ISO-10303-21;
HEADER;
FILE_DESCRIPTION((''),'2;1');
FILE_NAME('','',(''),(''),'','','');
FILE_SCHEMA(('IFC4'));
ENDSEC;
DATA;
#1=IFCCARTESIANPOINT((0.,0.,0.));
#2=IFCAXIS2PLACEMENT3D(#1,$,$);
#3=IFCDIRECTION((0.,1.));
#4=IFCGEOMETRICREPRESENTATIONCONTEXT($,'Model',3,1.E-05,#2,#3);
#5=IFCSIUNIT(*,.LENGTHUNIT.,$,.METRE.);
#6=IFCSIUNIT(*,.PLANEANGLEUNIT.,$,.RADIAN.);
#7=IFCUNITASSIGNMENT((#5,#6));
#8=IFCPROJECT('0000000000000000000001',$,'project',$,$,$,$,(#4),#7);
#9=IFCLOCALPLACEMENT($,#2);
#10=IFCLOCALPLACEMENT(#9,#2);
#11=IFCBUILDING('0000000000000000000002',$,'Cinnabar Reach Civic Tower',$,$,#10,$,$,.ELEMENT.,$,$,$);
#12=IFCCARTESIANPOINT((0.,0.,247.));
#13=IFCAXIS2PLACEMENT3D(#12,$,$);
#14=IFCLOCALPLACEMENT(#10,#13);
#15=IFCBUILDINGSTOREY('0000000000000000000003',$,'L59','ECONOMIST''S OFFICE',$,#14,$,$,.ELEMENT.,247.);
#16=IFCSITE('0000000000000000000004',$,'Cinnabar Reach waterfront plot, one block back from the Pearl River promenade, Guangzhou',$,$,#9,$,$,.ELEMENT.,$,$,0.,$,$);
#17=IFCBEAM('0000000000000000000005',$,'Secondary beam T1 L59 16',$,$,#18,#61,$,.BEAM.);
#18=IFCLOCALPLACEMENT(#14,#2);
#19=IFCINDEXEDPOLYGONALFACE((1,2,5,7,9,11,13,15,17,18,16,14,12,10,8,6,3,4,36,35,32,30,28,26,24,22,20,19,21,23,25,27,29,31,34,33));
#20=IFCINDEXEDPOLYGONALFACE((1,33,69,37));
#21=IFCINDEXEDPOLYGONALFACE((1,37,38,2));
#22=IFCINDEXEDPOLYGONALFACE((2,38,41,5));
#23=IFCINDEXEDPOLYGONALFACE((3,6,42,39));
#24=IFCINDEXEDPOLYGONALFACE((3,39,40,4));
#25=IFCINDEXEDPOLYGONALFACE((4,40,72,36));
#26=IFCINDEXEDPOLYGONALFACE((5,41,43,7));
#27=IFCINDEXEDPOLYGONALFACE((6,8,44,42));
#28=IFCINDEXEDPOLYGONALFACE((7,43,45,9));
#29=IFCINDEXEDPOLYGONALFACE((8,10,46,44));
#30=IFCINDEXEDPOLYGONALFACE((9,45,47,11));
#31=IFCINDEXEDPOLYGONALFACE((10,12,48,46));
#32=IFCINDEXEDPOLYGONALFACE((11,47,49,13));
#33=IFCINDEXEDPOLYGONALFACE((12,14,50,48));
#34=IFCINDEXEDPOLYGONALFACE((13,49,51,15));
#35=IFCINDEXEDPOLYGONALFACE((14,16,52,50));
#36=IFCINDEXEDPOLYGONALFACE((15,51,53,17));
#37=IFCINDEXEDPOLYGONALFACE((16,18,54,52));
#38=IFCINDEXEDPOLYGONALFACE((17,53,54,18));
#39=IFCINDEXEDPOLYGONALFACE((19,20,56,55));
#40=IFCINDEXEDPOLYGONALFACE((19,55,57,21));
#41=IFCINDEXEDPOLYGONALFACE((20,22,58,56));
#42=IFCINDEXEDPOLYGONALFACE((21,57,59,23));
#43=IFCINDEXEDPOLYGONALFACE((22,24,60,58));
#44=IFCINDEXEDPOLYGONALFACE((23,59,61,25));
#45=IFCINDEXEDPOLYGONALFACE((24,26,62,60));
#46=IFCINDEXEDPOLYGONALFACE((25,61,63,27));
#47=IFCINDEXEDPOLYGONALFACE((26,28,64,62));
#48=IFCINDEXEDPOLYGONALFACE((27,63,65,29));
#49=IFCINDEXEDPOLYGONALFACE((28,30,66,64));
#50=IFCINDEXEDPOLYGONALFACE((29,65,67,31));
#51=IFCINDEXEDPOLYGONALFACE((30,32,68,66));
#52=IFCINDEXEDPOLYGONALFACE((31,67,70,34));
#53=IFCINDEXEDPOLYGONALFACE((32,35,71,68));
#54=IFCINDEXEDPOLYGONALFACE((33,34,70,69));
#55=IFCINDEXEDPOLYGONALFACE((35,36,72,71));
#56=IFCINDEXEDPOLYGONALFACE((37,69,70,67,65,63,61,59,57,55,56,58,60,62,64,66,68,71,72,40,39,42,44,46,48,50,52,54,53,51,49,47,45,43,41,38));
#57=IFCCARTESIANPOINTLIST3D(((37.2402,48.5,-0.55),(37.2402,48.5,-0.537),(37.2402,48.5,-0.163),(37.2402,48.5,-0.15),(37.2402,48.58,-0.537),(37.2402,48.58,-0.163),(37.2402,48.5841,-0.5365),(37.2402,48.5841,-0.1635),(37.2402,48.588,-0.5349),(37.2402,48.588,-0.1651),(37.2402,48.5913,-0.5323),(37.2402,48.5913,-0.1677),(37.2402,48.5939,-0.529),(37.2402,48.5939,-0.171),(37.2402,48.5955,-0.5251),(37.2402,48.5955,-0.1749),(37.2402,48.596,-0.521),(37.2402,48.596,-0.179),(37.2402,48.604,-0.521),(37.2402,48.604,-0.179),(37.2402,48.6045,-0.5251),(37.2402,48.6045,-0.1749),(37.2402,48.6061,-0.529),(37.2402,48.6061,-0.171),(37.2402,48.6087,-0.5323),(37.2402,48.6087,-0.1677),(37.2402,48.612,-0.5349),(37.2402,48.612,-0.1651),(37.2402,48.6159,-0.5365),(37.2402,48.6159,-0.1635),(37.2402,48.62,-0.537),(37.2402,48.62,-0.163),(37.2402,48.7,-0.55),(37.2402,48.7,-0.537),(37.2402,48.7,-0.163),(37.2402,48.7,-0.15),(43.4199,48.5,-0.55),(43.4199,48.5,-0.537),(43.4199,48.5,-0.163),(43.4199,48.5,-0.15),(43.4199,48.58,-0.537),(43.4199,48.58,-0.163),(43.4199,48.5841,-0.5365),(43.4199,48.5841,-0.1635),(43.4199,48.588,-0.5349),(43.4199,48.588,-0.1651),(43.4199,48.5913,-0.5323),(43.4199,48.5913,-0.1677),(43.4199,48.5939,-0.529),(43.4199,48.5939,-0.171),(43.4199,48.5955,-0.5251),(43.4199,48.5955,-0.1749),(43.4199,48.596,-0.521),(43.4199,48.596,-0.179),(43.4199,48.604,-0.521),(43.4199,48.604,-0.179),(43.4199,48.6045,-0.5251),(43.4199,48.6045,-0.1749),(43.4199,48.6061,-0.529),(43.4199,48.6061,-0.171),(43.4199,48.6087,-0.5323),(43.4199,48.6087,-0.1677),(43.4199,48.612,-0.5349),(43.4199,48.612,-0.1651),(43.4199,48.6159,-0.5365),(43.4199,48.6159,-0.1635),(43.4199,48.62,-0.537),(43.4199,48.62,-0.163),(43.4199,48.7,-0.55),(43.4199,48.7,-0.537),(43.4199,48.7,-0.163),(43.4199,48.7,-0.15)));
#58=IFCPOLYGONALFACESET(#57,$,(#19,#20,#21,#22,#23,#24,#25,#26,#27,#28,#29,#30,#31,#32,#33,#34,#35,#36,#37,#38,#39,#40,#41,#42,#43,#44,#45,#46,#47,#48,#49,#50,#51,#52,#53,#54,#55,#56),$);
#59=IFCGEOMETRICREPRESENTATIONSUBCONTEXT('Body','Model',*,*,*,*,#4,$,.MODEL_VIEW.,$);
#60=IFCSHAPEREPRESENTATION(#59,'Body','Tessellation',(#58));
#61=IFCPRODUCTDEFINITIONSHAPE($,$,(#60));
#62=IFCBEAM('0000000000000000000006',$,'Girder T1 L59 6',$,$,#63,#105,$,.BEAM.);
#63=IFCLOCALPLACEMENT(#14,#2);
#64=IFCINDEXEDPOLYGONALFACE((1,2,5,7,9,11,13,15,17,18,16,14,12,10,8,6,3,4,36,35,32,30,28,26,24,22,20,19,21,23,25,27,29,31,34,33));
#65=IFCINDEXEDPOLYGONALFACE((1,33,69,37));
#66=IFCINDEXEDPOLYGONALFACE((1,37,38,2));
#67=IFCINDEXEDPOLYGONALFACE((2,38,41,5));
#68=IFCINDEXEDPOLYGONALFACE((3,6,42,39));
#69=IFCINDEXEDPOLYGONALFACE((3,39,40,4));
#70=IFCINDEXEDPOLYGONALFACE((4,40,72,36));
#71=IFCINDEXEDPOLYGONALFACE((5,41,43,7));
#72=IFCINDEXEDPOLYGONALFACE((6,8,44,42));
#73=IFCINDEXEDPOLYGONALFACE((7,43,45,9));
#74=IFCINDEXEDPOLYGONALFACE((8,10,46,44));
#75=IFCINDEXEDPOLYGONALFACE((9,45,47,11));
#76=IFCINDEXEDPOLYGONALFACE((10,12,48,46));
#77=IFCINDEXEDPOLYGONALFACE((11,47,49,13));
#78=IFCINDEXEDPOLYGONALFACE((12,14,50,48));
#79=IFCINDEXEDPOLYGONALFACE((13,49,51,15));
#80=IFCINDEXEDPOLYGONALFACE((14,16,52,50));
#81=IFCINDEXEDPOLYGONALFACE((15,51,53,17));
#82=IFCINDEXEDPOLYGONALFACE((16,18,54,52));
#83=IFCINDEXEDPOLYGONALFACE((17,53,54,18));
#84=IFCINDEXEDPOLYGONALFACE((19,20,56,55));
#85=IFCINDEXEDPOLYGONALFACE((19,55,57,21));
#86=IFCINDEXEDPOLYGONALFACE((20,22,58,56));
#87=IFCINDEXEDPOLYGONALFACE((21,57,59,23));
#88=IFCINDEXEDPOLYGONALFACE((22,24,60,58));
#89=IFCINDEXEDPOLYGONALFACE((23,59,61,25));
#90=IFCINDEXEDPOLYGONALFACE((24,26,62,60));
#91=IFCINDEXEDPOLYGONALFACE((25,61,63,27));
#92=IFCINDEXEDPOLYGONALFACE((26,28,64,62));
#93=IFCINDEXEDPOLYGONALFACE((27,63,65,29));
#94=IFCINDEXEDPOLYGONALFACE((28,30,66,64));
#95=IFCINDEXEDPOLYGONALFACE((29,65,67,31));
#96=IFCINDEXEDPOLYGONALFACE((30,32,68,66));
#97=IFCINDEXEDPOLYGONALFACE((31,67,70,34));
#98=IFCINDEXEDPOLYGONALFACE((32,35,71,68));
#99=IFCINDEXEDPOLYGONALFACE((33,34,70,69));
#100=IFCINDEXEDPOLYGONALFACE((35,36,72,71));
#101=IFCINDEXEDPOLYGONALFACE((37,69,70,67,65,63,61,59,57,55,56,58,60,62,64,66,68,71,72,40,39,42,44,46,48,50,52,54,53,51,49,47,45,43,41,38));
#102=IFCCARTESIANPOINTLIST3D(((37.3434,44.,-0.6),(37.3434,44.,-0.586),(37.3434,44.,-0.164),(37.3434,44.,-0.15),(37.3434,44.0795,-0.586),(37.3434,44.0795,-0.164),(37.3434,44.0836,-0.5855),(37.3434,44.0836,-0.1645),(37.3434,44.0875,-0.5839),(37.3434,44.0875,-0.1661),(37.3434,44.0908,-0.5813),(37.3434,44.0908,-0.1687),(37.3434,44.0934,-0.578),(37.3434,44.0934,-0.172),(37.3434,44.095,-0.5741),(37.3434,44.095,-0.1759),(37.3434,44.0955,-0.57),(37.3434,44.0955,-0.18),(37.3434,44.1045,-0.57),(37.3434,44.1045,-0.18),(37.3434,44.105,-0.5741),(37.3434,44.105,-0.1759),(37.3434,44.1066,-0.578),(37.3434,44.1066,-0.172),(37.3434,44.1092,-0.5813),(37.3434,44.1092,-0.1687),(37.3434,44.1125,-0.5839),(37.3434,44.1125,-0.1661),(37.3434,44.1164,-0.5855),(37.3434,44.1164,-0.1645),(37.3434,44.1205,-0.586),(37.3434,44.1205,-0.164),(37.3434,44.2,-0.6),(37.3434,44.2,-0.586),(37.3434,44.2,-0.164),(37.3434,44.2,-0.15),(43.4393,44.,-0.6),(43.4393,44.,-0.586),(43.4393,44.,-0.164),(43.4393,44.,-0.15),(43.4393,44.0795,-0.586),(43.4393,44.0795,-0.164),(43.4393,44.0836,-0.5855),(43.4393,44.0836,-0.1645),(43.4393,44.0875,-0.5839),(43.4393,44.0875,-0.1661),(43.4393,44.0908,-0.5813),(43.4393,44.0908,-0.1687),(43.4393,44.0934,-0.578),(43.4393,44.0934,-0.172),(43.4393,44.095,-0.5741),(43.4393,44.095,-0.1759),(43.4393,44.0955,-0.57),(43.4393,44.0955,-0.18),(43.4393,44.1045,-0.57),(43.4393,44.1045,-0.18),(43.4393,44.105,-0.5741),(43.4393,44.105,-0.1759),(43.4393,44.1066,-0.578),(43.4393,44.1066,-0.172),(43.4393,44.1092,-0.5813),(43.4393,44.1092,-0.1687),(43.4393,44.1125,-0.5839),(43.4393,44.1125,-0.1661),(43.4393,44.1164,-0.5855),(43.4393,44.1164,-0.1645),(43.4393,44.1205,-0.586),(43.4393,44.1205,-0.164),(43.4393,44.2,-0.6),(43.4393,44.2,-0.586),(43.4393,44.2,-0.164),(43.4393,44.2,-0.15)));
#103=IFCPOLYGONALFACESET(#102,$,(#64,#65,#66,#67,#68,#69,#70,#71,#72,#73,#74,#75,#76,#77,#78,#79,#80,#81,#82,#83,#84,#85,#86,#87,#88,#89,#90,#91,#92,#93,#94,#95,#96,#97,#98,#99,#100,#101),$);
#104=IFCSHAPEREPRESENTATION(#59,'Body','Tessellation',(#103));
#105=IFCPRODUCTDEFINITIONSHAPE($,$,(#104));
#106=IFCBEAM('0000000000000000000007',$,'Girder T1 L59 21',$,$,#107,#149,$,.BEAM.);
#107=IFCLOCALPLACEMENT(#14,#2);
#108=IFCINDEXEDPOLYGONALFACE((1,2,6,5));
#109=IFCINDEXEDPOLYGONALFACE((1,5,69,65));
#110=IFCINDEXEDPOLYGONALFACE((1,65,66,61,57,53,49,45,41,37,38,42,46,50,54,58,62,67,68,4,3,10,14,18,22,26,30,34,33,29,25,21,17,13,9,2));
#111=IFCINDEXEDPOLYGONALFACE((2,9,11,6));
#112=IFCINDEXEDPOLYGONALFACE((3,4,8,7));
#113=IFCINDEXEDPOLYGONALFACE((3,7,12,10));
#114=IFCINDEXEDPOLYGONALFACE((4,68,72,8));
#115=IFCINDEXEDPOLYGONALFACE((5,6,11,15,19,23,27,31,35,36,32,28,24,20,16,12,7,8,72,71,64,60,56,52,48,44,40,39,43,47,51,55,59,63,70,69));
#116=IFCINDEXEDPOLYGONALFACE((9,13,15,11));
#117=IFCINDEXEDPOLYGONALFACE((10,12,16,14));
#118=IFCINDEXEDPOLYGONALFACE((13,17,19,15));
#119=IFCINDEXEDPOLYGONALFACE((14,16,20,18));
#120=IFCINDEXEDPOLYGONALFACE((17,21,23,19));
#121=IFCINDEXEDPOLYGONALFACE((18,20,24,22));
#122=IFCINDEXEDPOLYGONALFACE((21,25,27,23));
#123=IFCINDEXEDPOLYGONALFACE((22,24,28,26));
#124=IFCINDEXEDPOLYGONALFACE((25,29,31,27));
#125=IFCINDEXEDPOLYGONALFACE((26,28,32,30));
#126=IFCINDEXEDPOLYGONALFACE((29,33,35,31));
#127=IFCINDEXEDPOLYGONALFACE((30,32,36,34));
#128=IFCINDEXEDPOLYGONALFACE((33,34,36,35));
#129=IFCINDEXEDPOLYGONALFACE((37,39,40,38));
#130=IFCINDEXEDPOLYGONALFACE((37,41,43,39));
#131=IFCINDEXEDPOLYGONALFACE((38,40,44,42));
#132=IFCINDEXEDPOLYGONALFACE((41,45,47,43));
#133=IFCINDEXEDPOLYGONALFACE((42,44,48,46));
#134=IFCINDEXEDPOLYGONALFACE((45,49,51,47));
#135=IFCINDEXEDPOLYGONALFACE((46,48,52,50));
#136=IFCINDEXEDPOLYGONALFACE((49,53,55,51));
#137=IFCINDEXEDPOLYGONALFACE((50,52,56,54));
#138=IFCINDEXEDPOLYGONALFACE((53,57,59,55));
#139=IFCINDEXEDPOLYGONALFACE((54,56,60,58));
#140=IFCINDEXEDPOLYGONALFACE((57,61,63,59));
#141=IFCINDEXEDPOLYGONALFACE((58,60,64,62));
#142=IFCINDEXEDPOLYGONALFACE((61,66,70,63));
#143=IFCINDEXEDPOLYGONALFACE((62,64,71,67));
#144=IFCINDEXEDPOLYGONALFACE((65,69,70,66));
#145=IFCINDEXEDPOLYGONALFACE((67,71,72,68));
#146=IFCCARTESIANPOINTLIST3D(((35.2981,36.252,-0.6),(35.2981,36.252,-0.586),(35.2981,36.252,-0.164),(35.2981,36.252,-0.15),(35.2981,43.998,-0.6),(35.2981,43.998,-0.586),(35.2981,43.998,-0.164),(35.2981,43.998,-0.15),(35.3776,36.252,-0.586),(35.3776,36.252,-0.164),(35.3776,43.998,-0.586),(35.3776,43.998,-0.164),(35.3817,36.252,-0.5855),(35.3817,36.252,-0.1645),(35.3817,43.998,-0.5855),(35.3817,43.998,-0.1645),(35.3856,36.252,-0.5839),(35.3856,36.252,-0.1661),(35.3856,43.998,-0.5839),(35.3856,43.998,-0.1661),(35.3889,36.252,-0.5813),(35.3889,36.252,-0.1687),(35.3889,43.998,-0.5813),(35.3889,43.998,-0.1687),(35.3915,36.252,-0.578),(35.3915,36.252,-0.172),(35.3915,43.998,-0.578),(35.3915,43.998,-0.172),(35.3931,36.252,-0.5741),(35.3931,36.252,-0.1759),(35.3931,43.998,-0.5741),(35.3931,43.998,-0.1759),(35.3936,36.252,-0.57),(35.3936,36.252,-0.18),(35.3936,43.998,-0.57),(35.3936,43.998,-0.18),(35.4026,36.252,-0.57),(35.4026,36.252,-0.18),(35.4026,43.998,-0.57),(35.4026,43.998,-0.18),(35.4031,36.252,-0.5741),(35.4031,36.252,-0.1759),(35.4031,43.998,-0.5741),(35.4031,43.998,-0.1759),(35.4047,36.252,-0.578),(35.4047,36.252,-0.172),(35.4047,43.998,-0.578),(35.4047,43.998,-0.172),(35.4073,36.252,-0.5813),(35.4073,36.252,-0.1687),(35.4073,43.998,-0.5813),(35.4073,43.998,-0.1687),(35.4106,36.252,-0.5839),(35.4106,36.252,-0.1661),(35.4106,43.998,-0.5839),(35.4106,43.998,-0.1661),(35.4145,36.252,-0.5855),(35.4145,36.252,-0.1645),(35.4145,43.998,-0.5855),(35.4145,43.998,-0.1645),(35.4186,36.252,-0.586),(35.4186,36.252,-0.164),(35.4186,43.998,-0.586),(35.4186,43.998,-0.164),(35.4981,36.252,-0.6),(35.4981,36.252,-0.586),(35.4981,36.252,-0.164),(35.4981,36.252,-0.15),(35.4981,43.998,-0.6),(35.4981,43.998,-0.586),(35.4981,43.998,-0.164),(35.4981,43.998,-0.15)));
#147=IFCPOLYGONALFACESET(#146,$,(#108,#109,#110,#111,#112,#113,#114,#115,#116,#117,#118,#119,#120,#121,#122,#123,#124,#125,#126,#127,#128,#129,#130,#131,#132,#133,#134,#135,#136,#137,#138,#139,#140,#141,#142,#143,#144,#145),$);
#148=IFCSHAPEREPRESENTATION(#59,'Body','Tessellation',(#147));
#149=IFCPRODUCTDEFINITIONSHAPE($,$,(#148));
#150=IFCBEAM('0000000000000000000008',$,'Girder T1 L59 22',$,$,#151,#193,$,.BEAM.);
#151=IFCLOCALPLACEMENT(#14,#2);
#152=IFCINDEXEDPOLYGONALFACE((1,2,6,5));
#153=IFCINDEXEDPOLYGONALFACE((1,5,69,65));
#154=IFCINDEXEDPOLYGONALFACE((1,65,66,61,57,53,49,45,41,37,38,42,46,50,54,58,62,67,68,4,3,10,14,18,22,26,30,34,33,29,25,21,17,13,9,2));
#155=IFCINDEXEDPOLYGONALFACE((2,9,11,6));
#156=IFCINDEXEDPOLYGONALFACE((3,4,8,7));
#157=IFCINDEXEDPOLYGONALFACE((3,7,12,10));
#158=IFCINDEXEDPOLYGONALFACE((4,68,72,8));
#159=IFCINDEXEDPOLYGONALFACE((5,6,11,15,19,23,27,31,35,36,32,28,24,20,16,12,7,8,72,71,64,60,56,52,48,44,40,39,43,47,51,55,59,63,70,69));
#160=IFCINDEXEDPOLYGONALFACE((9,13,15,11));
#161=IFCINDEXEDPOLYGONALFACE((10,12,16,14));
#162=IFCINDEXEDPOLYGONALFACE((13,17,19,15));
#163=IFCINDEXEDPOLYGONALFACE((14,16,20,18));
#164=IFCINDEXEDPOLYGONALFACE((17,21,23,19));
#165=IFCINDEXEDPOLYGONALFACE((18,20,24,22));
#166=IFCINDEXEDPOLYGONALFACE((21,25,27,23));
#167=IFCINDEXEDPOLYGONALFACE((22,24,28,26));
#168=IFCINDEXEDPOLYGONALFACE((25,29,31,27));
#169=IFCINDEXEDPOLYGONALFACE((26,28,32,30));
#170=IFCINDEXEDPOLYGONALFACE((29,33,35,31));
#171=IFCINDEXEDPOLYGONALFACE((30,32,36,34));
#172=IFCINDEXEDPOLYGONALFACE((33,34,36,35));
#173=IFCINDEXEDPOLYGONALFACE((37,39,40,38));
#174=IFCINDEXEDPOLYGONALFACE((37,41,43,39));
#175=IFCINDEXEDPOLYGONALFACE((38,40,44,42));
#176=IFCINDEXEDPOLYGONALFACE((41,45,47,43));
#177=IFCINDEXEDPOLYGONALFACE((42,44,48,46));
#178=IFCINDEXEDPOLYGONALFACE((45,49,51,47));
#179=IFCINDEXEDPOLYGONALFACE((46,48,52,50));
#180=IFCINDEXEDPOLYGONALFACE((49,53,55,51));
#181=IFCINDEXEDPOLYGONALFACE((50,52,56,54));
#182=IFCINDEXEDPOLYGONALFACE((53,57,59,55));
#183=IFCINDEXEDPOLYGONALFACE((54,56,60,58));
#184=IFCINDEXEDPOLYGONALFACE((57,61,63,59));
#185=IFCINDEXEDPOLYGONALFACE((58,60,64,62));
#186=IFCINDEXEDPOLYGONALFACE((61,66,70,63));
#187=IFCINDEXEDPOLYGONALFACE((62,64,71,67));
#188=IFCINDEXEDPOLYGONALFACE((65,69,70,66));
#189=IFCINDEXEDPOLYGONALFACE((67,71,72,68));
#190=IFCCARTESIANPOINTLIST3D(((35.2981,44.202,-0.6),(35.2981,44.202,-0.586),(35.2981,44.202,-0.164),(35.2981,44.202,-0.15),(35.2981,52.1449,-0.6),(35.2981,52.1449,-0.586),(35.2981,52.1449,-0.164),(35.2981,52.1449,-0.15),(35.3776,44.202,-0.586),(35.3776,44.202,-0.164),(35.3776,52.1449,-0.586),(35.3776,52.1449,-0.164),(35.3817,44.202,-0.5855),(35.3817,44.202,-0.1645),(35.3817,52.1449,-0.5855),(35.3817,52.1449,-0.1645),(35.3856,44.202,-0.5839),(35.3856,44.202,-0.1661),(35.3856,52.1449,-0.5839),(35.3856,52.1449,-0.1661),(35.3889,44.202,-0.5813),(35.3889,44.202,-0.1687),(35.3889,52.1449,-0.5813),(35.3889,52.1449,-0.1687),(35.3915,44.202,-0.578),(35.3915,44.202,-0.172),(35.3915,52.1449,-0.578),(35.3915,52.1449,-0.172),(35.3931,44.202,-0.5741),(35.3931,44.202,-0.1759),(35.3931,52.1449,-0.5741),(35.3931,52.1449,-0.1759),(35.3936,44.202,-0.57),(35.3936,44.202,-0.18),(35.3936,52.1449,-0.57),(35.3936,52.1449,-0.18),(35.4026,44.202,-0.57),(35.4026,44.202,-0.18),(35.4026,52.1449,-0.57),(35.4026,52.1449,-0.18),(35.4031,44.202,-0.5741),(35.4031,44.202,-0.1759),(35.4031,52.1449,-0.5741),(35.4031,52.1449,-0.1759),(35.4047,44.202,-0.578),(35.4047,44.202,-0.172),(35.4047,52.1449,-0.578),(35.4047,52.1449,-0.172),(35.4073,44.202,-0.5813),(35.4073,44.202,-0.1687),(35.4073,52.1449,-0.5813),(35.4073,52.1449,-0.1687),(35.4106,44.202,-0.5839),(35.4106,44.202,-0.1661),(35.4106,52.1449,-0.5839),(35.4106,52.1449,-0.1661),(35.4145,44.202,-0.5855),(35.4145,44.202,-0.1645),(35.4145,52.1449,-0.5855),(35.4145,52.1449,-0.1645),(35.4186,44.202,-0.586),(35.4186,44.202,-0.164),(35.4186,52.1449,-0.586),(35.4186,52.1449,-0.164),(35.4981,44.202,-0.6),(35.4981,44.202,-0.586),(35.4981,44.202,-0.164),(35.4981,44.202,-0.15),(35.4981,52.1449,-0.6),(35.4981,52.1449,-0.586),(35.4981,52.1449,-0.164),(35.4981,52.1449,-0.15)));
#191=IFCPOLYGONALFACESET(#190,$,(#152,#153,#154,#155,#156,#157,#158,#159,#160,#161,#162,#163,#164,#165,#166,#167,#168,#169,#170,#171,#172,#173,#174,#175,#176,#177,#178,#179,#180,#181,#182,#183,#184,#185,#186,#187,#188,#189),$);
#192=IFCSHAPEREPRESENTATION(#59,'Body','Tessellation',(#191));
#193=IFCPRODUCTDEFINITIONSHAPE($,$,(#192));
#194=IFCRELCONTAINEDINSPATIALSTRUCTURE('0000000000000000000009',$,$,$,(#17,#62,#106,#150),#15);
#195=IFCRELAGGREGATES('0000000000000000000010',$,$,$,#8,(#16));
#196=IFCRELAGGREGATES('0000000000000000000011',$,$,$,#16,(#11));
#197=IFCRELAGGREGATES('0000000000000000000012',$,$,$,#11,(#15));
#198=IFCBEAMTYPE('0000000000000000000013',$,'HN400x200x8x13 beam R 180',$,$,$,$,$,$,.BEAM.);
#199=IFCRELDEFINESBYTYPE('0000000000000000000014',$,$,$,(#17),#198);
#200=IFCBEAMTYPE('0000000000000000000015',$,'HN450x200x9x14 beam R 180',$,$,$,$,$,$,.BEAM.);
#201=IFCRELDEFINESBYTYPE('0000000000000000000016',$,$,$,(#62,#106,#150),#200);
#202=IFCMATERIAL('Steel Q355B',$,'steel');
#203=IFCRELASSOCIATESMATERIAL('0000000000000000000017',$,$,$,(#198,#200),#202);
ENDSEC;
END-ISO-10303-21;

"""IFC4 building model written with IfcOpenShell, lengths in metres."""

from ifc_helpers import new_model, si_unit, direction, frame, origin, origin_2d, place, context, subcontext, project, spatial, i_section, extrude, material, material_profile, profile_set, type_object, element, save


model = new_model("IFC4")

# Units and contexts
model_context = context("Model", 3, precision=1e-05, world=origin(), true_north=direction((0.0, 1.0)))
body_context = subcontext(model_context, "Body", "Model", "MODEL_VIEW")
ifc_project = project(units=[si_unit("LENGTHUNIT", "METRE"), si_unit("PLANEANGLEUNIT", "RADIAN")], contexts=[model_context])

# Site, building, storey
site_placement = place(None, origin())
site = spatial("IfcSite", under=ifc_project, at=site_placement, Name="Cinnabar Reach waterfront plot, one block back from the Pearl River promenade, Guangzhou", CompositionType="ELEMENT", RefElevation=0.0)
building_placement = place(site_placement, origin())
building = spatial("IfcBuilding", under=site, at=building_placement, Name="Cinnabar Reach Civic Tower", CompositionType="ELEMENT")
storey_placement = place(building_placement, frame((0.0, 0.0, 247.0)))
storey = spatial("IfcBuildingStorey", under=building, at=storey_placement, Name="L59", Description="ECONOMIST'S OFFICE", CompositionType="ELEMENT", Elevation=247.0)

# Beams
ifc_material_1 = material(Name="Steel Q355B", Category="steel")
ifc_material_profile_1 = material_profile(ifc_material_1, i_section(OverallWidth=0.2, OverallDepth=0.4, WebThickness=0.008, FlangeThickness=0.013, FilletRadius=0.016, at=origin_2d()), Name="HN400x200x8x13")
ifc_profile_set_1 = profile_set([ifc_material_profile_1], Name="Steel Q355B")
beam_type_1 = type_object("IfcBeamType", Name="HN400x200x8x13 beam R 180", PredefinedType="BEAM", material=ifc_profile_set_1)
beam_1_placement = place(storey_placement, frame((37.2402, 48.6, -0.35), z_axis=(1.0, 0.0, 0.0), x_axis=(0.0, 1.0, 0.0)))
element("IfcBeam", 1, at=beam_1_placement, inside=storey, type_object=beam_type_1, Name="Secondary beam T1 L59 16", PredefinedType="BEAM", context=body_context, shape_type="SweptSolid", body=[
    extrude(i_section(OverallWidth=0.2, OverallDepth=0.4, WebThickness=0.008, FlangeThickness=0.013, FilletRadius=0.016, at=origin_2d()), origin(), (0.0, 0.0, 1.0), 6.1797),
])
ifc_material_profile_2 = material_profile(ifc_material_1, i_section(OverallWidth=0.2, OverallDepth=0.45, WebThickness=0.009, FlangeThickness=0.014, FilletRadius=0.016, at=origin_2d()), Name="HN450x200x9x14")
ifc_profile_set_2 = profile_set([ifc_material_profile_2], Name="Steel Q355B")
beam_type_2 = type_object("IfcBeamType", Name="HN450x200x9x14 beam R 180", PredefinedType="BEAM", material=ifc_profile_set_2)
beam_2_placement = place(storey_placement, frame((37.3434, 44.1, -0.375), z_axis=(1.0, 0.0, 0.0), x_axis=(0.0, 1.0, 0.0)))
element("IfcBeam", 2, at=beam_2_placement, inside=storey, type_object=beam_type_2, Name="Girder T1 L59 6", PredefinedType="BEAM", context=body_context, shape_type="SweptSolid", body=[
    extrude(i_section(OverallWidth=0.2, OverallDepth=0.45, WebThickness=0.009, FlangeThickness=0.014, FilletRadius=0.016, at=origin_2d()), origin(), (0.0, 0.0, 1.0), 6.0959),
])
beam_3_placement = place(storey_placement, frame((35.3981, 36.252, -0.375), z_axis=(0.0, 1.0, 0.0), x_axis=(-1.0, 0.0, 0.0)))
element("IfcBeam", 3, at=beam_3_placement, inside=storey, type_object=beam_type_2, Name="Girder T1 L59 21", PredefinedType="BEAM", context=body_context, shape_type="SweptSolid", body=[
    extrude(i_section(OverallWidth=0.2, OverallDepth=0.45, WebThickness=0.009, FlangeThickness=0.014, FilletRadius=0.016, at=origin_2d()), origin(), (0.0, 0.0, 1.0), 7.746),
])
beam_4_placement = place(storey_placement, frame((35.3981, 44.202, -0.375), z_axis=(0.0, 1.0, 0.0), x_axis=(-1.0, 0.0, 0.0)))
element("IfcBeam", 4, at=beam_4_placement, inside=storey, type_object=beam_type_2, Name="Girder T1 L59 22", PredefinedType="BEAM", context=body_context, shape_type="SweptSolid", body=[
    extrude(i_section(OverallWidth=0.2, OverallDepth=0.45, WebThickness=0.009, FlangeThickness=0.014, FilletRadius=0.016, at=origin_2d()), origin(), (0.0, 0.0, 1.0), 7.9429),
])

save(model, "model.ifc")
